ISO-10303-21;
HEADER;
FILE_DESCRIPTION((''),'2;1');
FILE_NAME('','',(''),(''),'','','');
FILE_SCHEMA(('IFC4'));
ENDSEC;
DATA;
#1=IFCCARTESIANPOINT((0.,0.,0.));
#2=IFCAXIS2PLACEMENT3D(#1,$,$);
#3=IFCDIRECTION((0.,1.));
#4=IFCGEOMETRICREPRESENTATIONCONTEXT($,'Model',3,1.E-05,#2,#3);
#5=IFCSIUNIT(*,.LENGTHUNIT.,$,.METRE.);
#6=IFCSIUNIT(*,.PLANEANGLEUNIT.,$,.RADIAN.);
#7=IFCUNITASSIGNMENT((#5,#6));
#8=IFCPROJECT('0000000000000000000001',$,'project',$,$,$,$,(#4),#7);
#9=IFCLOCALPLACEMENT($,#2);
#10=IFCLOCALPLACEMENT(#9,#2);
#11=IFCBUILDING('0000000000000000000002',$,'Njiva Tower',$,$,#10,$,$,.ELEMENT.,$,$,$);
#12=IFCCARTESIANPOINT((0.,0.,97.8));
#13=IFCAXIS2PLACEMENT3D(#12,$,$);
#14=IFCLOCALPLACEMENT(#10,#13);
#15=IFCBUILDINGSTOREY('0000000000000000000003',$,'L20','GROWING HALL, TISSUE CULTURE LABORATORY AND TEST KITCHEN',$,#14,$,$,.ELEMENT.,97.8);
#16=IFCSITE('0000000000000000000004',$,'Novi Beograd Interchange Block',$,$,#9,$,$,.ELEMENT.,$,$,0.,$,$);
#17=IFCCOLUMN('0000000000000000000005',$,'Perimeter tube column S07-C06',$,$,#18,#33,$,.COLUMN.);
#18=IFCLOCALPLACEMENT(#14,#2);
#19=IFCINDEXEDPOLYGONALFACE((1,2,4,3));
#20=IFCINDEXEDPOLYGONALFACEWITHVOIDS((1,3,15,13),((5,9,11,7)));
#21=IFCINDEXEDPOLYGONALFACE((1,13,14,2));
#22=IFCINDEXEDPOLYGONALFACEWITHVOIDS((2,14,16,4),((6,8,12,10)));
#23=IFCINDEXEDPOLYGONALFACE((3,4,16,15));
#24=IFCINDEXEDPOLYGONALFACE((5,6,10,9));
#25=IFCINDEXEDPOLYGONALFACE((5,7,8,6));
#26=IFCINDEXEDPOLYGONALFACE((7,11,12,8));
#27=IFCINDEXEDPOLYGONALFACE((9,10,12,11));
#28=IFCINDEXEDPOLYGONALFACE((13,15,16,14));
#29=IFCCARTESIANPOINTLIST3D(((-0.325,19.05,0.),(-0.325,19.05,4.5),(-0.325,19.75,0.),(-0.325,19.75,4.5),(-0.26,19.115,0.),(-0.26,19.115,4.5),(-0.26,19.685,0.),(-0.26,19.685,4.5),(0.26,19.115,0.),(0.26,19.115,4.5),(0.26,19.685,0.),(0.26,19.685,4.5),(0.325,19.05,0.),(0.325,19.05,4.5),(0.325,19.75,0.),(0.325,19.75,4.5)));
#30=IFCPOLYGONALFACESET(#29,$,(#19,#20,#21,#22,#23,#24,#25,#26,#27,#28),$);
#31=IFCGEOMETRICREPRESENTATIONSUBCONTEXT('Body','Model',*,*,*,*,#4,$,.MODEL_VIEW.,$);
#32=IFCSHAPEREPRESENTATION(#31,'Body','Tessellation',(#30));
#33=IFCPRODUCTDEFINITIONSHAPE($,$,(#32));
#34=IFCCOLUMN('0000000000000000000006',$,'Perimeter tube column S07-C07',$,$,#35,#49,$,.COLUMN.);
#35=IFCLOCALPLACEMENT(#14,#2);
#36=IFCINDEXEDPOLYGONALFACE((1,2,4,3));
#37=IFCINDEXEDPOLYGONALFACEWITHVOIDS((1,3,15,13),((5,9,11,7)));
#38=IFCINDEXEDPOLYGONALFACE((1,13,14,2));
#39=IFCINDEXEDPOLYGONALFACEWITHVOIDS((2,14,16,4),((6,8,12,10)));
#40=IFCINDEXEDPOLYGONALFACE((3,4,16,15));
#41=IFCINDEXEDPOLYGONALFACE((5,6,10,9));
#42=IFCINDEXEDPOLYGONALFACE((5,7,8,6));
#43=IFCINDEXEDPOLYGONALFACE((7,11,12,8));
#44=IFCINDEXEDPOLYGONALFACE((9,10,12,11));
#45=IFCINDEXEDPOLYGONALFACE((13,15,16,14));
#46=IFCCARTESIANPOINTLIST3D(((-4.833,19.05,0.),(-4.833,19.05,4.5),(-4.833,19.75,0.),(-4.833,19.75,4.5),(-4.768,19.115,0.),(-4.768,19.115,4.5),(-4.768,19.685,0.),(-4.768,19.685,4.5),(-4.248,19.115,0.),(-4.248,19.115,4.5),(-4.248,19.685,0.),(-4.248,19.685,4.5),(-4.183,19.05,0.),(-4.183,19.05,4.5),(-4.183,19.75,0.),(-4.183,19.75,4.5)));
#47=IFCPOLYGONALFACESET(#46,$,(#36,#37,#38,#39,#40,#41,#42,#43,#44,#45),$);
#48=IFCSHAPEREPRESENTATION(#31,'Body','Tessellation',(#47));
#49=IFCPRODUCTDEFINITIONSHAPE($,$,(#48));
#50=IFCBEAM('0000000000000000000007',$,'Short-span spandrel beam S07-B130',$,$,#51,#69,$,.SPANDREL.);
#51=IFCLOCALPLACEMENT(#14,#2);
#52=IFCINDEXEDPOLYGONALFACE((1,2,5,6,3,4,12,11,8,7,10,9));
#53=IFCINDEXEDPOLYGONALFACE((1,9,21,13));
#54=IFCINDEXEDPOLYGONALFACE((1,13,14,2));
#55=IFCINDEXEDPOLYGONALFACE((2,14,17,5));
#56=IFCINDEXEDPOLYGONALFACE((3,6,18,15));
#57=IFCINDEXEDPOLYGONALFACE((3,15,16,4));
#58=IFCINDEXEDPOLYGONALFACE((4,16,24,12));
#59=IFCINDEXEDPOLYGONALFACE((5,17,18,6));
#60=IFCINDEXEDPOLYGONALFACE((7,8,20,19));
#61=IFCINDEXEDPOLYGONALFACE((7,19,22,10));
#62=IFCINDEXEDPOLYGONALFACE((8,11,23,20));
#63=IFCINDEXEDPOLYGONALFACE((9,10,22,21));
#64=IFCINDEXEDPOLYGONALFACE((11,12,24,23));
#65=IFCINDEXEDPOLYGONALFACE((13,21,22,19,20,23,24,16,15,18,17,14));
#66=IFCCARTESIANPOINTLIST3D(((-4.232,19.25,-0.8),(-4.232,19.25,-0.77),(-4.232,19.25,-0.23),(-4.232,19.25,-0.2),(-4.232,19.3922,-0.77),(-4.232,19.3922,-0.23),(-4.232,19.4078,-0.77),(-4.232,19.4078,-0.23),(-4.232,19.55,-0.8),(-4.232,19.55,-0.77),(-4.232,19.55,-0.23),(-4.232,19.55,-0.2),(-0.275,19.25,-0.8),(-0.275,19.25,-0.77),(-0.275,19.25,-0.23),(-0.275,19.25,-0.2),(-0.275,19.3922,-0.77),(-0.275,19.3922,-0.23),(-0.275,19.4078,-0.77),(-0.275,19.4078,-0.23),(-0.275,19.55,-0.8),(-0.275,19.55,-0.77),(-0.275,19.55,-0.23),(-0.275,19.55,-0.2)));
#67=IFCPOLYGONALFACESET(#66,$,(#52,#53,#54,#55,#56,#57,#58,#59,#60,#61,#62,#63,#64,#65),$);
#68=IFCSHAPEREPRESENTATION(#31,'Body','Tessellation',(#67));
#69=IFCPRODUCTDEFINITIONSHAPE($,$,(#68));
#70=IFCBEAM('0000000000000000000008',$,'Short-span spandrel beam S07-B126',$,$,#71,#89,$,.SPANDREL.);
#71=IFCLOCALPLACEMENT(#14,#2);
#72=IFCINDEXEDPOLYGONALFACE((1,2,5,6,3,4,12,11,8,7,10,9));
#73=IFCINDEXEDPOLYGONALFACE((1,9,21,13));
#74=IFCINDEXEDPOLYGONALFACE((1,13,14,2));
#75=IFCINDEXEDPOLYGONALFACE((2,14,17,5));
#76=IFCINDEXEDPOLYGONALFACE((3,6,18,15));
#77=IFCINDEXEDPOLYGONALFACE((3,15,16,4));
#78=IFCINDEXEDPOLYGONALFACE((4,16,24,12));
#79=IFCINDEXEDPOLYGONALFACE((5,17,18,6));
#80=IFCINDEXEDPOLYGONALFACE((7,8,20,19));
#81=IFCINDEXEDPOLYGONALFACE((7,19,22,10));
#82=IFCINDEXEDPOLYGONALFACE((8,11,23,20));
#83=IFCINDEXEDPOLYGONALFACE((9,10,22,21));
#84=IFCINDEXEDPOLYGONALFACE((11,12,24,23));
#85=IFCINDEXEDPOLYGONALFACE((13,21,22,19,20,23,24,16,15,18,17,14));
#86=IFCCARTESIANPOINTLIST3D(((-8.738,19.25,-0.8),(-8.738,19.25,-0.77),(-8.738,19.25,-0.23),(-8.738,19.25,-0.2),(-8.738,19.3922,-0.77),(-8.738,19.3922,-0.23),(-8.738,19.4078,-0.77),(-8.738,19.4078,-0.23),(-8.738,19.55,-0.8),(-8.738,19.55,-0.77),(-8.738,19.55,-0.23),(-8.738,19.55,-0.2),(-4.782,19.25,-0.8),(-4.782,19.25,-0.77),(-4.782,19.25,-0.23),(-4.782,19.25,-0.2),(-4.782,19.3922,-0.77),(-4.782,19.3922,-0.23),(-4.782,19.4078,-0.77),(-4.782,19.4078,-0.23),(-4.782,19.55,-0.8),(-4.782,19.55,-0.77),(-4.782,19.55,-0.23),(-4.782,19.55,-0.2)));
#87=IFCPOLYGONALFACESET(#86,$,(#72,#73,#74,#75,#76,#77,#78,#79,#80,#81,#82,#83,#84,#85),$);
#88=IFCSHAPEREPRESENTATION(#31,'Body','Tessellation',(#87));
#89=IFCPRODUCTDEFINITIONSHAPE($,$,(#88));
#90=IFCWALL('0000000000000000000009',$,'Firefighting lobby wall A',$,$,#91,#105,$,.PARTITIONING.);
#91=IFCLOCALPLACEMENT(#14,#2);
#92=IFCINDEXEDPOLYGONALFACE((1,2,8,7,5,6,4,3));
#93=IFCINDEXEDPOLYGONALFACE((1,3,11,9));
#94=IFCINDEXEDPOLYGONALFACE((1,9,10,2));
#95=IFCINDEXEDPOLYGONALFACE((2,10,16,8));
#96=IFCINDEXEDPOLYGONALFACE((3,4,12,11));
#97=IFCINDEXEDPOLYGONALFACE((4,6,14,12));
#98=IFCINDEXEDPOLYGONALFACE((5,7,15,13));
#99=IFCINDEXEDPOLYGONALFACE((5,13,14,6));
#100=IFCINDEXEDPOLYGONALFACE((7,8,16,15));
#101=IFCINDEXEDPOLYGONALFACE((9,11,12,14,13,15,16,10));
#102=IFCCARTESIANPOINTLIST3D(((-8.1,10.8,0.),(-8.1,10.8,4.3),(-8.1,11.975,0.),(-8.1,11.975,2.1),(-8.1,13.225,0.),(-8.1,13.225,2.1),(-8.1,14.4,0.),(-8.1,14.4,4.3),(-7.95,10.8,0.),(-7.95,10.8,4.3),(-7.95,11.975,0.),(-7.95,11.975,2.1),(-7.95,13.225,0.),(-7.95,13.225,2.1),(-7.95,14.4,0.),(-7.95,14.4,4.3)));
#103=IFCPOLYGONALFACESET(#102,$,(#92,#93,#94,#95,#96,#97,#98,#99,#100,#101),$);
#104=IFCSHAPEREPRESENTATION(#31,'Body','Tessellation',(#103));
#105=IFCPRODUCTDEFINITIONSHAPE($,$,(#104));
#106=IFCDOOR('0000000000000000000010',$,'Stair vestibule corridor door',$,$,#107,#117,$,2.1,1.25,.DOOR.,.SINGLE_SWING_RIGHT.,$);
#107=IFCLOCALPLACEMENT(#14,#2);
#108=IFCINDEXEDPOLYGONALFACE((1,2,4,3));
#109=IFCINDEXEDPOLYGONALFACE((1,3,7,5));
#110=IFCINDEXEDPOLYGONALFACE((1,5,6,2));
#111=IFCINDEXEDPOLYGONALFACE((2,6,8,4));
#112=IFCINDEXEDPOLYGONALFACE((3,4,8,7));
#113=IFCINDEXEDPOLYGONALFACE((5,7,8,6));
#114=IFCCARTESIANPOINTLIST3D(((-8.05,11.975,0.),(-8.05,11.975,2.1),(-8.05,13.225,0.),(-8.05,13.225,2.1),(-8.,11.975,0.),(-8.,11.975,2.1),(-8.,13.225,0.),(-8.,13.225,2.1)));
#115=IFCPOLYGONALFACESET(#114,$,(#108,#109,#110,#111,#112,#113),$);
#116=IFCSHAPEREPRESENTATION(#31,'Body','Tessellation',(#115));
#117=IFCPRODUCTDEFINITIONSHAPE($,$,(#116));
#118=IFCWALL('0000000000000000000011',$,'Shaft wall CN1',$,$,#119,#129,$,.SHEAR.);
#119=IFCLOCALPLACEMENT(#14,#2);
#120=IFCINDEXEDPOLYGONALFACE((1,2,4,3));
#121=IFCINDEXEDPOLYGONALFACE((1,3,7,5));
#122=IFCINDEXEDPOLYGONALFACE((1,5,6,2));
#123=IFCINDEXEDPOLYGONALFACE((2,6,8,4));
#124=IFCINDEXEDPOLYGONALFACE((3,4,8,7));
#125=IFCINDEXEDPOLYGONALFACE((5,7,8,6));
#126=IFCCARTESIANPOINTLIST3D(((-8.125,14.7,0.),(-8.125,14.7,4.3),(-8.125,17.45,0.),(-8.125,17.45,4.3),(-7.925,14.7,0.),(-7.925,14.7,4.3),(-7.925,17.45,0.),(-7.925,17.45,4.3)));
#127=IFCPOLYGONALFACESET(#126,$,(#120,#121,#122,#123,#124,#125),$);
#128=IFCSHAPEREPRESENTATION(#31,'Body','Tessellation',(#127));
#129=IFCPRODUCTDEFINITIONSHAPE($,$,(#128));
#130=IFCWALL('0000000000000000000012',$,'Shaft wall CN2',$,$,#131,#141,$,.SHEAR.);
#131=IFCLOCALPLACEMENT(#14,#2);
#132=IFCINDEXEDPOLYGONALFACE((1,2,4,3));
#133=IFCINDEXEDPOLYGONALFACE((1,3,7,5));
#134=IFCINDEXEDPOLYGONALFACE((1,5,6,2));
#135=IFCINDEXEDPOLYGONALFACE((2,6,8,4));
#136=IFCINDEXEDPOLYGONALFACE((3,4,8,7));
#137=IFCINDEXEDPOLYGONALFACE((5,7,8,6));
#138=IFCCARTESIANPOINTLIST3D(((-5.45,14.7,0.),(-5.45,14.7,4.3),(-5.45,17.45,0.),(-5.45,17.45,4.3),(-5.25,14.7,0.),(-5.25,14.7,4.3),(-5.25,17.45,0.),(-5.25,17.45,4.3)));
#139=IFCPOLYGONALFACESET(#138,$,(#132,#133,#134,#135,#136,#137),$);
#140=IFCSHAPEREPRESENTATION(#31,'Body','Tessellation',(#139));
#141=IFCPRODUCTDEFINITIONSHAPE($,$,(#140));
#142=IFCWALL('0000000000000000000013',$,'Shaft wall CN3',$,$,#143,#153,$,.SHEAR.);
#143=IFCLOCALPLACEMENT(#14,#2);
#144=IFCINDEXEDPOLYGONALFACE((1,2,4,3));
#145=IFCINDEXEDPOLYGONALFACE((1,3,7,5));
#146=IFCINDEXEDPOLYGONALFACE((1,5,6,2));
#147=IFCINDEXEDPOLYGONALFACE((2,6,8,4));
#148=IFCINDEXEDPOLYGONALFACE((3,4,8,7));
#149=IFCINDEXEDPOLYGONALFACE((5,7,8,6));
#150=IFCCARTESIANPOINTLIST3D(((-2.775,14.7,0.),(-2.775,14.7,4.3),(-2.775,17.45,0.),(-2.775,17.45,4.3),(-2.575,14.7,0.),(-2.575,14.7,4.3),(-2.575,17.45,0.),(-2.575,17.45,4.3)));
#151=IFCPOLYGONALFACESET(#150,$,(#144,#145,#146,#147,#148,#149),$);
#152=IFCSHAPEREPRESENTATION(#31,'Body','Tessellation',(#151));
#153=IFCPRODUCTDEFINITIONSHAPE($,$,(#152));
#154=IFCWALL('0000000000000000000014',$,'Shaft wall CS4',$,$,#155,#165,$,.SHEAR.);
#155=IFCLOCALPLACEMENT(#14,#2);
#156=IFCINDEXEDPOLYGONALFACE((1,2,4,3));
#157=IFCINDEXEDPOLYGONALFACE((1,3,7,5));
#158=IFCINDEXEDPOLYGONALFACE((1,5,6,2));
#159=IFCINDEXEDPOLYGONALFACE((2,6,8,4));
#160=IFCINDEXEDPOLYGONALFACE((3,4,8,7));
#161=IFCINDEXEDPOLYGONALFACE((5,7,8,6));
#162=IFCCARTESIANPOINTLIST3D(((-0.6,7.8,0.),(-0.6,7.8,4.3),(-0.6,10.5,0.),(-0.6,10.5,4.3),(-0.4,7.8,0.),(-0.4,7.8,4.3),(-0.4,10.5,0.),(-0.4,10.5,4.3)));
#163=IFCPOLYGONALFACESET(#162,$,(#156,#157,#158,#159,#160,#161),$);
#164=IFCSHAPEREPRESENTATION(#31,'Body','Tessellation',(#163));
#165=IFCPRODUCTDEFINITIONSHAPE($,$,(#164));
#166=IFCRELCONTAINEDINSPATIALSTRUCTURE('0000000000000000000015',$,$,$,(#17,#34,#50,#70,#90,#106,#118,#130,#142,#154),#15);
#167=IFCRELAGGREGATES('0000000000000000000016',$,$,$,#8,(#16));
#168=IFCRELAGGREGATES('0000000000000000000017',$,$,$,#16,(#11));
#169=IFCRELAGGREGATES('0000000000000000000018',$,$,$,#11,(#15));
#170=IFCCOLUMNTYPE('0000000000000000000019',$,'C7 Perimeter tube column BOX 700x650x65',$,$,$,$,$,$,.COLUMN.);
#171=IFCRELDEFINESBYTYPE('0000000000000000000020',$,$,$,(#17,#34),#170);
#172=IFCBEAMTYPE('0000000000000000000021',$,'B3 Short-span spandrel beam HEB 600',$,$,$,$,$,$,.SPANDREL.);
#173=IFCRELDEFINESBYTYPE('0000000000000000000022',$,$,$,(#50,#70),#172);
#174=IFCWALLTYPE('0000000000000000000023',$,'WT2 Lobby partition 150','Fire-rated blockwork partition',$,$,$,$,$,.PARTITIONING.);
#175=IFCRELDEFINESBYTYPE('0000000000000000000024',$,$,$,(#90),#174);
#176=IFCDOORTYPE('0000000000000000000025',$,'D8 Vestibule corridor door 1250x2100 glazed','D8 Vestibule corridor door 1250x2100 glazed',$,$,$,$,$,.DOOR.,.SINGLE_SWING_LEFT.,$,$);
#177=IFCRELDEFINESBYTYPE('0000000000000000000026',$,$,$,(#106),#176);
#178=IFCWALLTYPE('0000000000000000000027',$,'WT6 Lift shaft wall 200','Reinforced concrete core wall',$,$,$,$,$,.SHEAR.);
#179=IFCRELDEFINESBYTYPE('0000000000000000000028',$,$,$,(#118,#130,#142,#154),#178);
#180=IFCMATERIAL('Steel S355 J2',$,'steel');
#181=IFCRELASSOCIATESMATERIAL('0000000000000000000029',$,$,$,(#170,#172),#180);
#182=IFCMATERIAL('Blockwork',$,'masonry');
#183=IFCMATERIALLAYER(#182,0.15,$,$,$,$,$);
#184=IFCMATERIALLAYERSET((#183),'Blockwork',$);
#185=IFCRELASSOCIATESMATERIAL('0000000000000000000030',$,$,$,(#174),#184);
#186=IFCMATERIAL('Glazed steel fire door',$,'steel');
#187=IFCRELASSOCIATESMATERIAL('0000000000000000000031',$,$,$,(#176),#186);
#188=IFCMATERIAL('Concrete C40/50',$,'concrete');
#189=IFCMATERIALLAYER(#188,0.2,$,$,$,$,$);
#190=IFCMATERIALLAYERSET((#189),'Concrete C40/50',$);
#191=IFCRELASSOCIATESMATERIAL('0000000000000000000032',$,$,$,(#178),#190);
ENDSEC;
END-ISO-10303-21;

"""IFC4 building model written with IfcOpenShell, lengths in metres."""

from ifc_helpers import new_model, si_unit, direction, frame, frame_2d, origin, origin_2d, place, context, subcontext, project, spatial, rectangle, hollow_rectangle, i_section, extrude, material, layer, layer_set, material_profile, profile_set, type_object, element, fill, save


model = new_model("IFC4")

# Units and contexts
model_context = context("Model", 3, precision=1e-05, world=origin(), true_north=direction((0.0, 1.0)))
body_context = subcontext(model_context, "Body", "Model", "MODEL_VIEW")
ifc_project = project(units=[si_unit("LENGTHUNIT", "METRE"), si_unit("PLANEANGLEUNIT", "RADIAN")], contexts=[model_context])

# Site, building, storey
site_placement = place(None, origin())
site = spatial("IfcSite", under=ifc_project, at=site_placement, Name="Novi Beograd Interchange Block", CompositionType="ELEMENT", RefElevation=0.0)
building_placement = place(site_placement, origin())
building = spatial("IfcBuilding", under=site, at=building_placement, Name="Njiva Tower", CompositionType="ELEMENT")
storey_placement = place(building_placement, frame((0.0, 0.0, 97.8)))
storey = spatial("IfcBuildingStorey", under=building, at=storey_placement, Name="L20", Description="GROWING HALL, TISSUE CULTURE LABORATORY AND TEST KITCHEN", CompositionType="ELEMENT", Elevation=97.8)

# Columns
ifc_material_1 = material(Name="Steel S355 J2", Category="steel")
ifc_material_profile_1 = material_profile(ifc_material_1, hollow_rectangle(XDim=0.65, YDim=0.7, WallThickness=0.065, at=origin_2d()), Name="BOX 700x650x65")
ifc_profile_set_1 = profile_set([ifc_material_profile_1], Name="Steel S355 J2")
column_type = type_object("IfcColumnType", Name="C7 Perimeter tube column BOX 700x650x65", PredefinedType="COLUMN", material=ifc_profile_set_1)
for number, where, z_axis, x_axis, name in (
    (1, (0.0, 19.4, 0.0), (0.0, 0.0, 1.0), (-1.0, 0.0, 0.0), "Perimeter tube column S07-C06"),
    (2, (-4.508, 19.4, 0.0), (0.0, 0.0, 1.0), (-1.0, 0.0, 0.0), "Perimeter tube column S07-C07"),
):
    element("IfcColumn", number, at=place(storey_placement, frame(where, z_axis=z_axis, x_axis=x_axis)), inside=storey, type_object=column_type, Name=name, PredefinedType="COLUMN", context=body_context, shape_type="SweptSolid", body=[
        extrude(hollow_rectangle(XDim=0.65, YDim=0.7, WallThickness=0.065, at=origin_2d()), origin(), (0.0, 0.0, 1.0), 4.5),
    ])

# Beams
ifc_material_profile_2 = material_profile(ifc_material_1, i_section(OverallWidth=0.3, OverallDepth=0.6, WebThickness=0.0155, FlangeThickness=0.03, at=origin_2d()), Name="HEB 600")
ifc_profile_set_2 = profile_set([ifc_material_profile_2], Name="Steel S355 J2")
beam_type = type_object("IfcBeamType", Name="B3 Short-span spandrel beam HEB 600", PredefinedType="SPANDREL", material=ifc_profile_set_2)
beam_1_placement = place(storey_placement, frame((-0.275, 19.4, -0.5), z_axis=(-1.0, 0.0, 0.0), x_axis=(0.0, -1.0, 0.0)))
element("IfcBeam", 3, at=beam_1_placement, inside=storey, type_object=beam_type, Name="Short-span spandrel beam S07-B130", PredefinedType="SPANDREL", context=body_context, shape_type="SweptSolid", body=[
    extrude(i_section(OverallWidth=0.3, OverallDepth=0.6, WebThickness=0.0155, FlangeThickness=0.03, at=origin_2d()), origin(), (0.0, 0.0, 1.0), 3.957),
])
beam_2_placement = place(storey_placement, frame((-4.782, 19.4, -0.5), z_axis=(-1.0, 0.0, 0.0), x_axis=(0.0, -1.0, 0.0)))
element("IfcBeam", 4, at=beam_2_placement, inside=storey, type_object=beam_type, Name="Short-span spandrel beam S07-B126", PredefinedType="SPANDREL", context=body_context, shape_type="SweptSolid", body=[
    extrude(i_section(OverallWidth=0.3, OverallDepth=0.6, WebThickness=0.0155, FlangeThickness=0.03, at=origin_2d()), origin(), (0.0, 0.0, 1.0), 3.956),
])

# Wall, opening, door
ifc_material_2 = material(Name="Blockwork", Category="masonry")
ifc_layer_1 = layer(ifc_material_2, 0.15)
ifc_layer_set_1 = layer_set([ifc_layer_1], Name="Blockwork")
wall_type_1 = type_object("IfcWallType", Name="WT2 Lobby partition 150", Description="Fire-rated blockwork partition", PredefinedType="PARTITIONING", material=ifc_layer_set_1)
wall_1_placement = place(storey_placement, frame((-8.025, 10.8, 0.0), z_axis=(0.0, 0.0, 1.0), x_axis=(0.0, 1.0, 0.0)))
wall_1 = element("IfcWall", 5, at=wall_1_placement, inside=storey, type_object=wall_type_1, Name="Firefighting lobby wall A", PredefinedType="PARTITIONING", context=body_context, shape_type="SweptSolid", body=[
    extrude(rectangle(XDim=3.6, YDim=0.15, at=frame_2d((1.8, 0.0))), origin(), (0.0, 0.0, 1.0), 4.3),
])
opening_placement = place(wall_1_placement, frame((1.175, 0.0, 0.0)))
opening = element("IfcOpeningElement", 6, at=opening_placement, cuts=wall_1, PredefinedType="OPENING", context=body_context, shape_type="SweptSolid", body=[
    extrude(rectangle(XDim=1.25, YDim=2.1, at=frame_2d((0.625, 1.05))), frame((0.0, 0.085, 0.0), z_axis=(0.0, -1.0, 0.0), x_axis=(1.0, 0.0, 0.0)), (0.0, 0.0, 1.0), 0.17),
])
ifc_material_3 = material(Name="Glazed steel fire door", Category="steel")
door_type = type_object("IfcDoorType", Name="D8 Vestibule corridor door 1250x2100 glazed", Description="D8 Vestibule corridor door 1250x2100 glazed", OperationType="SINGLE_SWING_LEFT", PredefinedType="DOOR", material=ifc_material_3)
door_placement = place(opening_placement, origin())
door = element("IfcDoor", 7, at=door_placement, inside=storey, type_object=door_type, Name="Stair vestibule corridor door", OperationType="SINGLE_SWING_RIGHT", OverallHeight=2.1, OverallWidth=1.25, PredefinedType="DOOR", context=body_context, shape_type="SweptSolid", body=[
    extrude(rectangle(XDim=1.25, YDim=2.1, at=frame_2d((0.625, 1.05))), frame((0.0, 0.025, 0.0), z_axis=(0.0, -1.0, 0.0), x_axis=(1.0, 0.0, 0.0)), (0.0, 0.0, 1.0), 0.05),
])
fill(opening, door)

# Walls
ifc_material_4 = material(Name="Concrete C40/50", Category="concrete")
ifc_layer_2 = layer(ifc_material_4, 0.2)
ifc_layer_set_2 = layer_set([ifc_layer_2], Name="Concrete C40/50")
wall_type_2 = type_object("IfcWallType", Name="WT6 Lift shaft wall 200", Description="Reinforced concrete core wall", PredefinedType="SHEAR", material=ifc_layer_set_2)
for number, where, z_axis, x_axis, name in (
    (8, (-8.025, 14.7, 0.0), (0.0, 0.0, 1.0), (0.0, 1.0, 0.0), "Shaft wall CN1"),
    (9, (-5.35, 14.7, 0.0), (0.0, 0.0, 1.0), (0.0, 1.0, 0.0), "Shaft wall CN2"),
    (10, (-2.675, 14.7, 0.0), (0.0, 0.0, 1.0), (0.0, 1.0, 0.0), "Shaft wall CN3"),
):
    element("IfcWall", number, at=place(storey_placement, frame(where, z_axis=z_axis, x_axis=x_axis)), inside=storey, type_object=wall_type_2, Name=name, PredefinedType="SHEAR", context=body_context, shape_type="SweptSolid", body=[
        extrude(rectangle(XDim=2.75, YDim=0.2, at=frame_2d((1.375, 0.0))), origin(), (0.0, 0.0, 1.0), 4.3),
    ])
wall_2_placement = place(storey_placement, frame((-0.5, 7.8, 0.0), z_axis=(0.0, 0.0, 1.0), x_axis=(0.0, 1.0, 0.0)))
element("IfcWall", 11, at=wall_2_placement, inside=storey, type_object=wall_type_2, Name="Shaft wall CS4", PredefinedType="SHEAR", context=body_context, shape_type="SweptSolid", body=[
    extrude(rectangle(XDim=2.7, YDim=0.2, at=frame_2d((1.35, 0.0))), origin(), (0.0, 0.0, 1.0), 4.3),
])

save(model, "model.ifc")
